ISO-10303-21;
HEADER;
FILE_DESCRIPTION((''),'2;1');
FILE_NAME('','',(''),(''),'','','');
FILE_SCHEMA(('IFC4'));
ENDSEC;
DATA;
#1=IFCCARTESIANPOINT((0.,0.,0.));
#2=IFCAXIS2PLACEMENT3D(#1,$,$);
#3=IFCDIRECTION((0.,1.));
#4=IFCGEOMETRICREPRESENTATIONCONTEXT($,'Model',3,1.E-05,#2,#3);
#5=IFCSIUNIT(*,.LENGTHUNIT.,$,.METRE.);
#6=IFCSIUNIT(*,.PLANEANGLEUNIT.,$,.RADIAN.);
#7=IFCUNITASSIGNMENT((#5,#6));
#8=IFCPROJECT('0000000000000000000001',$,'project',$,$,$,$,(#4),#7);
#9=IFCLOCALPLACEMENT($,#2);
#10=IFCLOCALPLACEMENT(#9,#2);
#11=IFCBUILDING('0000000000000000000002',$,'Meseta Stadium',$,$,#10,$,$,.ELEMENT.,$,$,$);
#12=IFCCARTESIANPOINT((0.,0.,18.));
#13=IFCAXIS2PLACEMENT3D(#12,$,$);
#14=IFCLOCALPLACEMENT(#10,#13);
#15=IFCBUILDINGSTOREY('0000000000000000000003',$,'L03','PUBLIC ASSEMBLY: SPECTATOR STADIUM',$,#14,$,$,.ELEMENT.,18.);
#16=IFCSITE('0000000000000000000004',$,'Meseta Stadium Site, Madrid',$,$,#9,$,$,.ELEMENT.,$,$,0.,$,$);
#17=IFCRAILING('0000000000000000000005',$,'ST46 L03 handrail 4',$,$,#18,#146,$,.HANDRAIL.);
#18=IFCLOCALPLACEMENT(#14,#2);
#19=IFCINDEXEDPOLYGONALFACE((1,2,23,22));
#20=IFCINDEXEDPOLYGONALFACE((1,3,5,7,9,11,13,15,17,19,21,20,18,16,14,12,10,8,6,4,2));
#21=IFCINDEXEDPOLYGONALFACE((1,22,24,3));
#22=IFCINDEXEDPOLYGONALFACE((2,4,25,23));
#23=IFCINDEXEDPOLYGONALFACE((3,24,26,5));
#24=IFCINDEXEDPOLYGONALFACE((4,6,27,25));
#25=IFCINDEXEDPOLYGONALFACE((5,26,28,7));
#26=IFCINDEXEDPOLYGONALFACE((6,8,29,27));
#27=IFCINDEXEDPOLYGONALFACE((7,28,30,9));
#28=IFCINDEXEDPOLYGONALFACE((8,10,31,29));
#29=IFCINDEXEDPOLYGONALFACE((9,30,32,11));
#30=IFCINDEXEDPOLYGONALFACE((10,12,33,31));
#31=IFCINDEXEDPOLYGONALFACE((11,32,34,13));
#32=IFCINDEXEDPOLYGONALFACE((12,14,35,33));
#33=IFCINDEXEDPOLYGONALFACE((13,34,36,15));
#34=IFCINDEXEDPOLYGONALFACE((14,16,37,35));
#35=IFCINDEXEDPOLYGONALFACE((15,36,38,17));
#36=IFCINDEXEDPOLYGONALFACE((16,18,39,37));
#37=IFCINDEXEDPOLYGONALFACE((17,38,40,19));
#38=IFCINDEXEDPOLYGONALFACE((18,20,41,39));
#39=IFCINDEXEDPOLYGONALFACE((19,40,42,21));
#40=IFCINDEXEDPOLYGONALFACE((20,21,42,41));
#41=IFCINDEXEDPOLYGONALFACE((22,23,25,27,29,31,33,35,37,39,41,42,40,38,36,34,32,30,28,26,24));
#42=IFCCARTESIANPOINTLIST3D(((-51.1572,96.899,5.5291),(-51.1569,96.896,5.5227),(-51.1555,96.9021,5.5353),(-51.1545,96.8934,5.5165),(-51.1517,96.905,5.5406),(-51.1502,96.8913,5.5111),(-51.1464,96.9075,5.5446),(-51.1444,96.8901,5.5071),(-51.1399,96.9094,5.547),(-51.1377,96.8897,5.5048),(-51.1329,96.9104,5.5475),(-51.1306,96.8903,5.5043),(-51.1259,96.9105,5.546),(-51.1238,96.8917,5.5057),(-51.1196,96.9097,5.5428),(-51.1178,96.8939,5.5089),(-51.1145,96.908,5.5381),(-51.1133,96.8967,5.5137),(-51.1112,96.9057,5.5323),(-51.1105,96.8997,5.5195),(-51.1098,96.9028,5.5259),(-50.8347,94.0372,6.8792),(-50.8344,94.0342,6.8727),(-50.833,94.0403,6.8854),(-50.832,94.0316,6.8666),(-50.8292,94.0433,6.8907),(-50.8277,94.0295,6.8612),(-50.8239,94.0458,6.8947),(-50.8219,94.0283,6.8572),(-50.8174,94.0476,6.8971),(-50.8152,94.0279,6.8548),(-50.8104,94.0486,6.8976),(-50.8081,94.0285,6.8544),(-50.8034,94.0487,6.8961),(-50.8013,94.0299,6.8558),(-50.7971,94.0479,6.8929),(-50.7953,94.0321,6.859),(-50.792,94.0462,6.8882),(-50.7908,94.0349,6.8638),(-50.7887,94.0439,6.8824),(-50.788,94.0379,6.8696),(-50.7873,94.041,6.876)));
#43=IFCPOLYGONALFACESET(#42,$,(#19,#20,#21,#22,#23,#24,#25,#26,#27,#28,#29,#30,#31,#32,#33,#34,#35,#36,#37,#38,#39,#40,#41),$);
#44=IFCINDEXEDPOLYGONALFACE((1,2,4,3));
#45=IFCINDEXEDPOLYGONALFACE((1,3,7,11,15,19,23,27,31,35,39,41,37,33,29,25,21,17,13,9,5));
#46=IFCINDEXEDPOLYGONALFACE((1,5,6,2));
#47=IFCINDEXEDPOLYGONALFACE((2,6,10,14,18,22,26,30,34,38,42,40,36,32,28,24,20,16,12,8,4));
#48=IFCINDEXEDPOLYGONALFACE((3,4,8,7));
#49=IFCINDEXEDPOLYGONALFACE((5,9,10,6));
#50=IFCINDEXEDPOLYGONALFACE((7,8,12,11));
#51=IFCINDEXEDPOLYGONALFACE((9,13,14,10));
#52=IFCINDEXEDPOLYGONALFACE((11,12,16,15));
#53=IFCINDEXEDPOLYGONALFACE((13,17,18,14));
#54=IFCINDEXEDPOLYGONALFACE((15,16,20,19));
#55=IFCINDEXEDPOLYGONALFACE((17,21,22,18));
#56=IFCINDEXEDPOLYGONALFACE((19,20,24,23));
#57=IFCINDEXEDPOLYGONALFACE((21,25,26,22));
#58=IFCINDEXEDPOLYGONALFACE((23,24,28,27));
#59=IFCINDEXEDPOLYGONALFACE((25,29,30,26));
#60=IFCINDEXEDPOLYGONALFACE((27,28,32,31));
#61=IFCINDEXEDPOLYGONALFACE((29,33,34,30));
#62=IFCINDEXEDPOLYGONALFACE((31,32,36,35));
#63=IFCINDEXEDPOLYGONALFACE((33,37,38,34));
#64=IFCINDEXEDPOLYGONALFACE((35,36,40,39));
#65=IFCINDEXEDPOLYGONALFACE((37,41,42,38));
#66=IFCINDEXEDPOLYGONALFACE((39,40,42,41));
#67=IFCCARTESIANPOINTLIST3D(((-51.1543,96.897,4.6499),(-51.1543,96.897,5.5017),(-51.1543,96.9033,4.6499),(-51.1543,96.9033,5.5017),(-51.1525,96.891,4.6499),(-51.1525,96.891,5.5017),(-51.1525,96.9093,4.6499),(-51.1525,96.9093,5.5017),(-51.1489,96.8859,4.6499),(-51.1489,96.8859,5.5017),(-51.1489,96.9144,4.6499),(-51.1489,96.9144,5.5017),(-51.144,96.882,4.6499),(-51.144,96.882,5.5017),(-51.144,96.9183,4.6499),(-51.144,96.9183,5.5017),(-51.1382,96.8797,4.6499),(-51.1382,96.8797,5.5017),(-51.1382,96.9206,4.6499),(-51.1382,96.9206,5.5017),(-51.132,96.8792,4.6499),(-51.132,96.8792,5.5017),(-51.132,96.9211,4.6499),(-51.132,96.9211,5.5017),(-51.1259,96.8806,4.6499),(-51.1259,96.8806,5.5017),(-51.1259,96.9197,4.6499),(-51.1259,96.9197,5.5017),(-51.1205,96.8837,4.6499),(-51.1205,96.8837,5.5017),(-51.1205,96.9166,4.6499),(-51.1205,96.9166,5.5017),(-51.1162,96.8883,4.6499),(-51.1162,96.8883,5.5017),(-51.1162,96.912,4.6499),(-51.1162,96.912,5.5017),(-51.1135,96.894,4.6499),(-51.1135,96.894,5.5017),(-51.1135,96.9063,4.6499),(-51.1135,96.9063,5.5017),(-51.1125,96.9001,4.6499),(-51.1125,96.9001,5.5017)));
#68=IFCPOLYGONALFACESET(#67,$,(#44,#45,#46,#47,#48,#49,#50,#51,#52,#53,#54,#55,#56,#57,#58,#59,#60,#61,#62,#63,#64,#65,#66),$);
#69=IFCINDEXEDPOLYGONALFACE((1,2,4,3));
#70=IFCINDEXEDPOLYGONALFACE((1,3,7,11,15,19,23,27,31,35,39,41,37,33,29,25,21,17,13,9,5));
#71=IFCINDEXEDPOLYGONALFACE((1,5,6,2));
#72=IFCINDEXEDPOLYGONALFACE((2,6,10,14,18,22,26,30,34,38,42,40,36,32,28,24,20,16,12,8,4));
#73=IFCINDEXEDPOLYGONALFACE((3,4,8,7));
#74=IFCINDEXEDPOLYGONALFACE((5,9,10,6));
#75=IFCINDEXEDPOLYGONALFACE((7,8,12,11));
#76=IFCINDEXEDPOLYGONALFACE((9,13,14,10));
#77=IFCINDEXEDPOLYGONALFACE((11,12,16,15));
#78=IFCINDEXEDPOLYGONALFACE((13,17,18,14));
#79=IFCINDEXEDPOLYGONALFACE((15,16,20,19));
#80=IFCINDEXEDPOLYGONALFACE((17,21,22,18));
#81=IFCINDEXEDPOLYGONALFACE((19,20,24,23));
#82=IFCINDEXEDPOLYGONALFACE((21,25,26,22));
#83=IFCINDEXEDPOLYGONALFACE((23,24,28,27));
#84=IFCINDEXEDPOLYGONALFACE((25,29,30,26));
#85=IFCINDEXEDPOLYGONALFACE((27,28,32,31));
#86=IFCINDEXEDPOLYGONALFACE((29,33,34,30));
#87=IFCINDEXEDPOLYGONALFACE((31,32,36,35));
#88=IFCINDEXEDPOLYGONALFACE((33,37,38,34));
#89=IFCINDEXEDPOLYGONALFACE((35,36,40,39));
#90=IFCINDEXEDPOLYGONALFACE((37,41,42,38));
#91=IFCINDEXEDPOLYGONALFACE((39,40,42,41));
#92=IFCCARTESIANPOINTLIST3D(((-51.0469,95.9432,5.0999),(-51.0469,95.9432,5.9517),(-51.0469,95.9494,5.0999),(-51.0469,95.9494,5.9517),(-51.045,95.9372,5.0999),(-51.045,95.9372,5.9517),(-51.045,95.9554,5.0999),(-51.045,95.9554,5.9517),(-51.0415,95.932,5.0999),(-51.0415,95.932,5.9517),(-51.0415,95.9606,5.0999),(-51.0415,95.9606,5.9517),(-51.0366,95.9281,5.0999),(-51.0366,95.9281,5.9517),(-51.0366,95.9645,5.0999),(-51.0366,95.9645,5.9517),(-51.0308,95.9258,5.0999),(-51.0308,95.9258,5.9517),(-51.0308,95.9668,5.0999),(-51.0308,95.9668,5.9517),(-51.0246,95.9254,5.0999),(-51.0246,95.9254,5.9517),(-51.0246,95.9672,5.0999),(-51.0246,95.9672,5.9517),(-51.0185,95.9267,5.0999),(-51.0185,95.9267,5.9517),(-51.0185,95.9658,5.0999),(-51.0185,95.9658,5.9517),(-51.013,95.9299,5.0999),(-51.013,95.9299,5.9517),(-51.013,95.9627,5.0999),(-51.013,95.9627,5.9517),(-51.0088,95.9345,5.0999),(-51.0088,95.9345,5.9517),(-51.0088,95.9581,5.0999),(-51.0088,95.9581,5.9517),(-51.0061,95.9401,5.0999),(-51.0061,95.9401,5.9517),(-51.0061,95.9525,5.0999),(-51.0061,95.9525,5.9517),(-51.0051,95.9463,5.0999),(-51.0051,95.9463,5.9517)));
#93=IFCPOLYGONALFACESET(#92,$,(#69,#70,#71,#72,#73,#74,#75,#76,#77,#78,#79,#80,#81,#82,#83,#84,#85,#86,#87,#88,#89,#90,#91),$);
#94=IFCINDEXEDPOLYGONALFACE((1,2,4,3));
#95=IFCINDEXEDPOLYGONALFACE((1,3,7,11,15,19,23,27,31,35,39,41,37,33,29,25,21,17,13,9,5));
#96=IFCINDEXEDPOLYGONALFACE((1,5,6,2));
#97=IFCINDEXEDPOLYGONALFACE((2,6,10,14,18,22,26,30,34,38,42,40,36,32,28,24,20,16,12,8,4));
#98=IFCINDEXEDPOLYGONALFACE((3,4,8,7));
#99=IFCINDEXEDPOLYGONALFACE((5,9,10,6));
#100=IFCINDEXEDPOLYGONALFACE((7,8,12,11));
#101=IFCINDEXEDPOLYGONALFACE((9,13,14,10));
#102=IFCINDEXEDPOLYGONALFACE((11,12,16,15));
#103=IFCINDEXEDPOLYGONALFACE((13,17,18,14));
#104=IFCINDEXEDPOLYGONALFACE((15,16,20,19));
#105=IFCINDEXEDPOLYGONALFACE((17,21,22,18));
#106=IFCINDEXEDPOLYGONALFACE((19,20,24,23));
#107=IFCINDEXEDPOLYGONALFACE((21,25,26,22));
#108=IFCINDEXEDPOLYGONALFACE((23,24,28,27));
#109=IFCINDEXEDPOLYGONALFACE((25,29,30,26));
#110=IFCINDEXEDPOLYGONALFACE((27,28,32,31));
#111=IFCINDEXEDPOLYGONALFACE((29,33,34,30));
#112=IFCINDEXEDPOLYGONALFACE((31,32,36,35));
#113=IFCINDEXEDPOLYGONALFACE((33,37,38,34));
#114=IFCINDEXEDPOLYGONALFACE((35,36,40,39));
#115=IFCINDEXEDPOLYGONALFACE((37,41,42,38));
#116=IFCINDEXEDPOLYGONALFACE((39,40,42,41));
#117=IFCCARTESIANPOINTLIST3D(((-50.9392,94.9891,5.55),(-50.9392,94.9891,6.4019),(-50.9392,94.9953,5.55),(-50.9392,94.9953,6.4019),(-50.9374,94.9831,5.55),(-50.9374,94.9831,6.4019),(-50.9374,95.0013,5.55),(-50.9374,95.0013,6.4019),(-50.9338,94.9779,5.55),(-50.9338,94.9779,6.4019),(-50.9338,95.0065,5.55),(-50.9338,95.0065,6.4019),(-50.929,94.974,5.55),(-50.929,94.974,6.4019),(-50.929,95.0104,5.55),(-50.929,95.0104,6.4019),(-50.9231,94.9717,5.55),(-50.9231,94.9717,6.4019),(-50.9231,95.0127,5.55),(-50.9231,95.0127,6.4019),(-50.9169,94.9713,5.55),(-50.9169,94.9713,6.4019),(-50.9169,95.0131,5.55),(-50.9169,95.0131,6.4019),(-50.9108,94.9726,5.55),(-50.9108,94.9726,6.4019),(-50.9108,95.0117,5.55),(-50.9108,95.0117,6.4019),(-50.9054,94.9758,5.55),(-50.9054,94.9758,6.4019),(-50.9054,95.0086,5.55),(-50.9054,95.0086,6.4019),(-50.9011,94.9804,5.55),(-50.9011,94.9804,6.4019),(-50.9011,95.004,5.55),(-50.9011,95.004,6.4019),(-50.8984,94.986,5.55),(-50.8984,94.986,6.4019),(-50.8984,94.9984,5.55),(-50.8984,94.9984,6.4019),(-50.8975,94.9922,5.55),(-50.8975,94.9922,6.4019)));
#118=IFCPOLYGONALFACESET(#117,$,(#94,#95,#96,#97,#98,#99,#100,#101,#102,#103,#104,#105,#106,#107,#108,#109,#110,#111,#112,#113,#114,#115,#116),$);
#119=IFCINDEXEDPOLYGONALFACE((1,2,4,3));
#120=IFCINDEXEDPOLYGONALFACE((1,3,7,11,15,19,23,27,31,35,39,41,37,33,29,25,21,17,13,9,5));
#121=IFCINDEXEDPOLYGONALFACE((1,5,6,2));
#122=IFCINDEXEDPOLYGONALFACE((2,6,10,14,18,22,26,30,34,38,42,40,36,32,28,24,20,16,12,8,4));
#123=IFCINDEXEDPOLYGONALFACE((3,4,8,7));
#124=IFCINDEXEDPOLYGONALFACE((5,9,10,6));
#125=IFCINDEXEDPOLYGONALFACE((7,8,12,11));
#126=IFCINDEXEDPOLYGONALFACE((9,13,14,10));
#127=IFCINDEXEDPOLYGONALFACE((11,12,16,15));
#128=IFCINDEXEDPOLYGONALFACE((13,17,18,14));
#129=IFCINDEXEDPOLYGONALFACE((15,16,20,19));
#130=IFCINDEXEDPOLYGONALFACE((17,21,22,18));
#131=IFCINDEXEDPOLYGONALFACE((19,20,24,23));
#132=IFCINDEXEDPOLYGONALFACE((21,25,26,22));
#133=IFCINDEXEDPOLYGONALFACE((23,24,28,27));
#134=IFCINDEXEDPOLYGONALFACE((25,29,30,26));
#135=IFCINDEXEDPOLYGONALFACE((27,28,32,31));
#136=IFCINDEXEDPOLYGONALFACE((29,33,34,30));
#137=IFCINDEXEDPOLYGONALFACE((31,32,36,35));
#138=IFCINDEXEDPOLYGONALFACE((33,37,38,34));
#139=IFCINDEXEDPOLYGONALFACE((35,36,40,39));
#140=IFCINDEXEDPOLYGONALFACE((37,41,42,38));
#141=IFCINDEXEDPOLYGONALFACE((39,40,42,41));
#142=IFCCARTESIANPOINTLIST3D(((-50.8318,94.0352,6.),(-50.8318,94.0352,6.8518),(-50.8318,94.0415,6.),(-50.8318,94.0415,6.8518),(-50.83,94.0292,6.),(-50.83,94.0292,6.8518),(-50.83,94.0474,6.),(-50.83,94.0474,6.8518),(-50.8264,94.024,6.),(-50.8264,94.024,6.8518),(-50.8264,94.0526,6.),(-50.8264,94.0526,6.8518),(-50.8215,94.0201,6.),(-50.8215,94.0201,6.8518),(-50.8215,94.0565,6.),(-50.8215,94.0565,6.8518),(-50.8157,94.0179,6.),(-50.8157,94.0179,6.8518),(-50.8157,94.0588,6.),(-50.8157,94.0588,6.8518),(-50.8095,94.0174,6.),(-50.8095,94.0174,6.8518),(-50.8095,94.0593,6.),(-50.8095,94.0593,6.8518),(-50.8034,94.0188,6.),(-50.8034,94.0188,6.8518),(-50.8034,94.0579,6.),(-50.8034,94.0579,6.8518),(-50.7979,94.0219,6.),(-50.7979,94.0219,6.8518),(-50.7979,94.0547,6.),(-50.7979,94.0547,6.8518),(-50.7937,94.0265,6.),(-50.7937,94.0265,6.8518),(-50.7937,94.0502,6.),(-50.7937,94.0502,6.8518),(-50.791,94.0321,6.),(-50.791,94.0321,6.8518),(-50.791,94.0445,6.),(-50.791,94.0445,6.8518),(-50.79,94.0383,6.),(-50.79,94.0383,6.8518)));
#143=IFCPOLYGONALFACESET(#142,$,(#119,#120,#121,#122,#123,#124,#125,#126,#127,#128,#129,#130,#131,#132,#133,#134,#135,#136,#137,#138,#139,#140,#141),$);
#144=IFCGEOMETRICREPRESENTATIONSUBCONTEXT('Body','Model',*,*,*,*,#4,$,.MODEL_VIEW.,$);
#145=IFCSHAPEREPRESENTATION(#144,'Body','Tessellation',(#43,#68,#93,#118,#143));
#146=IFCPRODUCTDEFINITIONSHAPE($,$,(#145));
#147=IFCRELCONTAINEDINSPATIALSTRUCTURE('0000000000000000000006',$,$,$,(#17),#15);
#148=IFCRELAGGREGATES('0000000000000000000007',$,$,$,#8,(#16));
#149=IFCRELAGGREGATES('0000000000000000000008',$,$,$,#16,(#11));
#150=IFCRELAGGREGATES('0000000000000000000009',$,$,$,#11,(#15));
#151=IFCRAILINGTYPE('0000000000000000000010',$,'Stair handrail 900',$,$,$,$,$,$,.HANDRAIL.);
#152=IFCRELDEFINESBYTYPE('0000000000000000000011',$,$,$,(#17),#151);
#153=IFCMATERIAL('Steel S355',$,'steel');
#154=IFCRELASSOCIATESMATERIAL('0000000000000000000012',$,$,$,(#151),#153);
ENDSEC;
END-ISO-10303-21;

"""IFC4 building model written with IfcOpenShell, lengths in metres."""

from ifc_helpers import new_model, si_unit, direction, frame, origin, origin_2d, place, context, subcontext, project, spatial, circle, extrude, material, type_object, element, save


model = new_model("IFC4")

# Units and contexts
model_context = context("Model", 3, precision=1e-05, world=origin(), true_north=direction((0.0, 1.0)))
body_context = subcontext(model_context, "Body", "Model", "MODEL_VIEW")
ifc_project = project(units=[si_unit("LENGTHUNIT", "METRE"), si_unit("PLANEANGLEUNIT", "RADIAN")], contexts=[model_context])

# Site, building, storey
site_placement = place(None, origin())
site = spatial("IfcSite", under=ifc_project, at=site_placement, Name="Meseta Stadium Site, Madrid", CompositionType="ELEMENT", RefElevation=0.0)
building_placement = place(site_placement, origin())
building = spatial("IfcBuilding", under=site, at=building_placement, Name="Meseta Stadium", CompositionType="ELEMENT")
storey_placement = place(building_placement, frame((0.0, 0.0, 18.0)))
storey = spatial("IfcBuildingStorey", under=building, at=storey_placement, Name="L03", Description="PUBLIC ASSEMBLY: SPECTATOR STADIUM", CompositionType="ELEMENT", Elevation=18.0)

# Railing
ifc_material_1 = material(Name="Steel S355", Category="steel")
railing_type_1 = type_object("IfcRailingType", Name="Stair handrail 900", PredefinedType="HANDRAIL", material=ifc_material_1)
for number, where, name in (
    (1, (-51.1335, 96.9001, 4.6499), "ST46 L03 handrail 4"),
):
    element("IfcRailing", number, at=place(storey_placement, frame(where)), inside=storey, type_object=railing_type_1, Name=name, PredefinedType="HANDRAIL", context=body_context, shape_type="SweptSolid", body=[
        extrude(circle(Radius=0.0239, at=origin_2d()), frame((0.0, 0.0, 0.876), z_axis=(0.101396, -0.899748, 0.424467), x_axis=(0.99371, 0.111985, 0.0)), (0.0, 0.0, 1.0), 3.1807),
        extrude(circle(Radius=0.021, at=origin_2d()), origin(), (0.0, 0.0, 1.0), 0.8518),
        extrude(circle(Radius=0.021, at=origin_2d()), frame((0.1074, -0.9539, 0.45)), (0.0, 0.0, 1.0), 0.8518),
        extrude(circle(Radius=0.021, at=origin_2d()), frame((0.2151, -1.908, 0.9001)), (0.0, 0.0, 1.0), 0.8518),
        extrude(circle(Radius=0.021, at=origin_2d()), frame((0.3225, -2.8618, 1.3501)), (0.0, 0.0, 1.0), 0.8518),
    ])

save(model, "model.ifc")
